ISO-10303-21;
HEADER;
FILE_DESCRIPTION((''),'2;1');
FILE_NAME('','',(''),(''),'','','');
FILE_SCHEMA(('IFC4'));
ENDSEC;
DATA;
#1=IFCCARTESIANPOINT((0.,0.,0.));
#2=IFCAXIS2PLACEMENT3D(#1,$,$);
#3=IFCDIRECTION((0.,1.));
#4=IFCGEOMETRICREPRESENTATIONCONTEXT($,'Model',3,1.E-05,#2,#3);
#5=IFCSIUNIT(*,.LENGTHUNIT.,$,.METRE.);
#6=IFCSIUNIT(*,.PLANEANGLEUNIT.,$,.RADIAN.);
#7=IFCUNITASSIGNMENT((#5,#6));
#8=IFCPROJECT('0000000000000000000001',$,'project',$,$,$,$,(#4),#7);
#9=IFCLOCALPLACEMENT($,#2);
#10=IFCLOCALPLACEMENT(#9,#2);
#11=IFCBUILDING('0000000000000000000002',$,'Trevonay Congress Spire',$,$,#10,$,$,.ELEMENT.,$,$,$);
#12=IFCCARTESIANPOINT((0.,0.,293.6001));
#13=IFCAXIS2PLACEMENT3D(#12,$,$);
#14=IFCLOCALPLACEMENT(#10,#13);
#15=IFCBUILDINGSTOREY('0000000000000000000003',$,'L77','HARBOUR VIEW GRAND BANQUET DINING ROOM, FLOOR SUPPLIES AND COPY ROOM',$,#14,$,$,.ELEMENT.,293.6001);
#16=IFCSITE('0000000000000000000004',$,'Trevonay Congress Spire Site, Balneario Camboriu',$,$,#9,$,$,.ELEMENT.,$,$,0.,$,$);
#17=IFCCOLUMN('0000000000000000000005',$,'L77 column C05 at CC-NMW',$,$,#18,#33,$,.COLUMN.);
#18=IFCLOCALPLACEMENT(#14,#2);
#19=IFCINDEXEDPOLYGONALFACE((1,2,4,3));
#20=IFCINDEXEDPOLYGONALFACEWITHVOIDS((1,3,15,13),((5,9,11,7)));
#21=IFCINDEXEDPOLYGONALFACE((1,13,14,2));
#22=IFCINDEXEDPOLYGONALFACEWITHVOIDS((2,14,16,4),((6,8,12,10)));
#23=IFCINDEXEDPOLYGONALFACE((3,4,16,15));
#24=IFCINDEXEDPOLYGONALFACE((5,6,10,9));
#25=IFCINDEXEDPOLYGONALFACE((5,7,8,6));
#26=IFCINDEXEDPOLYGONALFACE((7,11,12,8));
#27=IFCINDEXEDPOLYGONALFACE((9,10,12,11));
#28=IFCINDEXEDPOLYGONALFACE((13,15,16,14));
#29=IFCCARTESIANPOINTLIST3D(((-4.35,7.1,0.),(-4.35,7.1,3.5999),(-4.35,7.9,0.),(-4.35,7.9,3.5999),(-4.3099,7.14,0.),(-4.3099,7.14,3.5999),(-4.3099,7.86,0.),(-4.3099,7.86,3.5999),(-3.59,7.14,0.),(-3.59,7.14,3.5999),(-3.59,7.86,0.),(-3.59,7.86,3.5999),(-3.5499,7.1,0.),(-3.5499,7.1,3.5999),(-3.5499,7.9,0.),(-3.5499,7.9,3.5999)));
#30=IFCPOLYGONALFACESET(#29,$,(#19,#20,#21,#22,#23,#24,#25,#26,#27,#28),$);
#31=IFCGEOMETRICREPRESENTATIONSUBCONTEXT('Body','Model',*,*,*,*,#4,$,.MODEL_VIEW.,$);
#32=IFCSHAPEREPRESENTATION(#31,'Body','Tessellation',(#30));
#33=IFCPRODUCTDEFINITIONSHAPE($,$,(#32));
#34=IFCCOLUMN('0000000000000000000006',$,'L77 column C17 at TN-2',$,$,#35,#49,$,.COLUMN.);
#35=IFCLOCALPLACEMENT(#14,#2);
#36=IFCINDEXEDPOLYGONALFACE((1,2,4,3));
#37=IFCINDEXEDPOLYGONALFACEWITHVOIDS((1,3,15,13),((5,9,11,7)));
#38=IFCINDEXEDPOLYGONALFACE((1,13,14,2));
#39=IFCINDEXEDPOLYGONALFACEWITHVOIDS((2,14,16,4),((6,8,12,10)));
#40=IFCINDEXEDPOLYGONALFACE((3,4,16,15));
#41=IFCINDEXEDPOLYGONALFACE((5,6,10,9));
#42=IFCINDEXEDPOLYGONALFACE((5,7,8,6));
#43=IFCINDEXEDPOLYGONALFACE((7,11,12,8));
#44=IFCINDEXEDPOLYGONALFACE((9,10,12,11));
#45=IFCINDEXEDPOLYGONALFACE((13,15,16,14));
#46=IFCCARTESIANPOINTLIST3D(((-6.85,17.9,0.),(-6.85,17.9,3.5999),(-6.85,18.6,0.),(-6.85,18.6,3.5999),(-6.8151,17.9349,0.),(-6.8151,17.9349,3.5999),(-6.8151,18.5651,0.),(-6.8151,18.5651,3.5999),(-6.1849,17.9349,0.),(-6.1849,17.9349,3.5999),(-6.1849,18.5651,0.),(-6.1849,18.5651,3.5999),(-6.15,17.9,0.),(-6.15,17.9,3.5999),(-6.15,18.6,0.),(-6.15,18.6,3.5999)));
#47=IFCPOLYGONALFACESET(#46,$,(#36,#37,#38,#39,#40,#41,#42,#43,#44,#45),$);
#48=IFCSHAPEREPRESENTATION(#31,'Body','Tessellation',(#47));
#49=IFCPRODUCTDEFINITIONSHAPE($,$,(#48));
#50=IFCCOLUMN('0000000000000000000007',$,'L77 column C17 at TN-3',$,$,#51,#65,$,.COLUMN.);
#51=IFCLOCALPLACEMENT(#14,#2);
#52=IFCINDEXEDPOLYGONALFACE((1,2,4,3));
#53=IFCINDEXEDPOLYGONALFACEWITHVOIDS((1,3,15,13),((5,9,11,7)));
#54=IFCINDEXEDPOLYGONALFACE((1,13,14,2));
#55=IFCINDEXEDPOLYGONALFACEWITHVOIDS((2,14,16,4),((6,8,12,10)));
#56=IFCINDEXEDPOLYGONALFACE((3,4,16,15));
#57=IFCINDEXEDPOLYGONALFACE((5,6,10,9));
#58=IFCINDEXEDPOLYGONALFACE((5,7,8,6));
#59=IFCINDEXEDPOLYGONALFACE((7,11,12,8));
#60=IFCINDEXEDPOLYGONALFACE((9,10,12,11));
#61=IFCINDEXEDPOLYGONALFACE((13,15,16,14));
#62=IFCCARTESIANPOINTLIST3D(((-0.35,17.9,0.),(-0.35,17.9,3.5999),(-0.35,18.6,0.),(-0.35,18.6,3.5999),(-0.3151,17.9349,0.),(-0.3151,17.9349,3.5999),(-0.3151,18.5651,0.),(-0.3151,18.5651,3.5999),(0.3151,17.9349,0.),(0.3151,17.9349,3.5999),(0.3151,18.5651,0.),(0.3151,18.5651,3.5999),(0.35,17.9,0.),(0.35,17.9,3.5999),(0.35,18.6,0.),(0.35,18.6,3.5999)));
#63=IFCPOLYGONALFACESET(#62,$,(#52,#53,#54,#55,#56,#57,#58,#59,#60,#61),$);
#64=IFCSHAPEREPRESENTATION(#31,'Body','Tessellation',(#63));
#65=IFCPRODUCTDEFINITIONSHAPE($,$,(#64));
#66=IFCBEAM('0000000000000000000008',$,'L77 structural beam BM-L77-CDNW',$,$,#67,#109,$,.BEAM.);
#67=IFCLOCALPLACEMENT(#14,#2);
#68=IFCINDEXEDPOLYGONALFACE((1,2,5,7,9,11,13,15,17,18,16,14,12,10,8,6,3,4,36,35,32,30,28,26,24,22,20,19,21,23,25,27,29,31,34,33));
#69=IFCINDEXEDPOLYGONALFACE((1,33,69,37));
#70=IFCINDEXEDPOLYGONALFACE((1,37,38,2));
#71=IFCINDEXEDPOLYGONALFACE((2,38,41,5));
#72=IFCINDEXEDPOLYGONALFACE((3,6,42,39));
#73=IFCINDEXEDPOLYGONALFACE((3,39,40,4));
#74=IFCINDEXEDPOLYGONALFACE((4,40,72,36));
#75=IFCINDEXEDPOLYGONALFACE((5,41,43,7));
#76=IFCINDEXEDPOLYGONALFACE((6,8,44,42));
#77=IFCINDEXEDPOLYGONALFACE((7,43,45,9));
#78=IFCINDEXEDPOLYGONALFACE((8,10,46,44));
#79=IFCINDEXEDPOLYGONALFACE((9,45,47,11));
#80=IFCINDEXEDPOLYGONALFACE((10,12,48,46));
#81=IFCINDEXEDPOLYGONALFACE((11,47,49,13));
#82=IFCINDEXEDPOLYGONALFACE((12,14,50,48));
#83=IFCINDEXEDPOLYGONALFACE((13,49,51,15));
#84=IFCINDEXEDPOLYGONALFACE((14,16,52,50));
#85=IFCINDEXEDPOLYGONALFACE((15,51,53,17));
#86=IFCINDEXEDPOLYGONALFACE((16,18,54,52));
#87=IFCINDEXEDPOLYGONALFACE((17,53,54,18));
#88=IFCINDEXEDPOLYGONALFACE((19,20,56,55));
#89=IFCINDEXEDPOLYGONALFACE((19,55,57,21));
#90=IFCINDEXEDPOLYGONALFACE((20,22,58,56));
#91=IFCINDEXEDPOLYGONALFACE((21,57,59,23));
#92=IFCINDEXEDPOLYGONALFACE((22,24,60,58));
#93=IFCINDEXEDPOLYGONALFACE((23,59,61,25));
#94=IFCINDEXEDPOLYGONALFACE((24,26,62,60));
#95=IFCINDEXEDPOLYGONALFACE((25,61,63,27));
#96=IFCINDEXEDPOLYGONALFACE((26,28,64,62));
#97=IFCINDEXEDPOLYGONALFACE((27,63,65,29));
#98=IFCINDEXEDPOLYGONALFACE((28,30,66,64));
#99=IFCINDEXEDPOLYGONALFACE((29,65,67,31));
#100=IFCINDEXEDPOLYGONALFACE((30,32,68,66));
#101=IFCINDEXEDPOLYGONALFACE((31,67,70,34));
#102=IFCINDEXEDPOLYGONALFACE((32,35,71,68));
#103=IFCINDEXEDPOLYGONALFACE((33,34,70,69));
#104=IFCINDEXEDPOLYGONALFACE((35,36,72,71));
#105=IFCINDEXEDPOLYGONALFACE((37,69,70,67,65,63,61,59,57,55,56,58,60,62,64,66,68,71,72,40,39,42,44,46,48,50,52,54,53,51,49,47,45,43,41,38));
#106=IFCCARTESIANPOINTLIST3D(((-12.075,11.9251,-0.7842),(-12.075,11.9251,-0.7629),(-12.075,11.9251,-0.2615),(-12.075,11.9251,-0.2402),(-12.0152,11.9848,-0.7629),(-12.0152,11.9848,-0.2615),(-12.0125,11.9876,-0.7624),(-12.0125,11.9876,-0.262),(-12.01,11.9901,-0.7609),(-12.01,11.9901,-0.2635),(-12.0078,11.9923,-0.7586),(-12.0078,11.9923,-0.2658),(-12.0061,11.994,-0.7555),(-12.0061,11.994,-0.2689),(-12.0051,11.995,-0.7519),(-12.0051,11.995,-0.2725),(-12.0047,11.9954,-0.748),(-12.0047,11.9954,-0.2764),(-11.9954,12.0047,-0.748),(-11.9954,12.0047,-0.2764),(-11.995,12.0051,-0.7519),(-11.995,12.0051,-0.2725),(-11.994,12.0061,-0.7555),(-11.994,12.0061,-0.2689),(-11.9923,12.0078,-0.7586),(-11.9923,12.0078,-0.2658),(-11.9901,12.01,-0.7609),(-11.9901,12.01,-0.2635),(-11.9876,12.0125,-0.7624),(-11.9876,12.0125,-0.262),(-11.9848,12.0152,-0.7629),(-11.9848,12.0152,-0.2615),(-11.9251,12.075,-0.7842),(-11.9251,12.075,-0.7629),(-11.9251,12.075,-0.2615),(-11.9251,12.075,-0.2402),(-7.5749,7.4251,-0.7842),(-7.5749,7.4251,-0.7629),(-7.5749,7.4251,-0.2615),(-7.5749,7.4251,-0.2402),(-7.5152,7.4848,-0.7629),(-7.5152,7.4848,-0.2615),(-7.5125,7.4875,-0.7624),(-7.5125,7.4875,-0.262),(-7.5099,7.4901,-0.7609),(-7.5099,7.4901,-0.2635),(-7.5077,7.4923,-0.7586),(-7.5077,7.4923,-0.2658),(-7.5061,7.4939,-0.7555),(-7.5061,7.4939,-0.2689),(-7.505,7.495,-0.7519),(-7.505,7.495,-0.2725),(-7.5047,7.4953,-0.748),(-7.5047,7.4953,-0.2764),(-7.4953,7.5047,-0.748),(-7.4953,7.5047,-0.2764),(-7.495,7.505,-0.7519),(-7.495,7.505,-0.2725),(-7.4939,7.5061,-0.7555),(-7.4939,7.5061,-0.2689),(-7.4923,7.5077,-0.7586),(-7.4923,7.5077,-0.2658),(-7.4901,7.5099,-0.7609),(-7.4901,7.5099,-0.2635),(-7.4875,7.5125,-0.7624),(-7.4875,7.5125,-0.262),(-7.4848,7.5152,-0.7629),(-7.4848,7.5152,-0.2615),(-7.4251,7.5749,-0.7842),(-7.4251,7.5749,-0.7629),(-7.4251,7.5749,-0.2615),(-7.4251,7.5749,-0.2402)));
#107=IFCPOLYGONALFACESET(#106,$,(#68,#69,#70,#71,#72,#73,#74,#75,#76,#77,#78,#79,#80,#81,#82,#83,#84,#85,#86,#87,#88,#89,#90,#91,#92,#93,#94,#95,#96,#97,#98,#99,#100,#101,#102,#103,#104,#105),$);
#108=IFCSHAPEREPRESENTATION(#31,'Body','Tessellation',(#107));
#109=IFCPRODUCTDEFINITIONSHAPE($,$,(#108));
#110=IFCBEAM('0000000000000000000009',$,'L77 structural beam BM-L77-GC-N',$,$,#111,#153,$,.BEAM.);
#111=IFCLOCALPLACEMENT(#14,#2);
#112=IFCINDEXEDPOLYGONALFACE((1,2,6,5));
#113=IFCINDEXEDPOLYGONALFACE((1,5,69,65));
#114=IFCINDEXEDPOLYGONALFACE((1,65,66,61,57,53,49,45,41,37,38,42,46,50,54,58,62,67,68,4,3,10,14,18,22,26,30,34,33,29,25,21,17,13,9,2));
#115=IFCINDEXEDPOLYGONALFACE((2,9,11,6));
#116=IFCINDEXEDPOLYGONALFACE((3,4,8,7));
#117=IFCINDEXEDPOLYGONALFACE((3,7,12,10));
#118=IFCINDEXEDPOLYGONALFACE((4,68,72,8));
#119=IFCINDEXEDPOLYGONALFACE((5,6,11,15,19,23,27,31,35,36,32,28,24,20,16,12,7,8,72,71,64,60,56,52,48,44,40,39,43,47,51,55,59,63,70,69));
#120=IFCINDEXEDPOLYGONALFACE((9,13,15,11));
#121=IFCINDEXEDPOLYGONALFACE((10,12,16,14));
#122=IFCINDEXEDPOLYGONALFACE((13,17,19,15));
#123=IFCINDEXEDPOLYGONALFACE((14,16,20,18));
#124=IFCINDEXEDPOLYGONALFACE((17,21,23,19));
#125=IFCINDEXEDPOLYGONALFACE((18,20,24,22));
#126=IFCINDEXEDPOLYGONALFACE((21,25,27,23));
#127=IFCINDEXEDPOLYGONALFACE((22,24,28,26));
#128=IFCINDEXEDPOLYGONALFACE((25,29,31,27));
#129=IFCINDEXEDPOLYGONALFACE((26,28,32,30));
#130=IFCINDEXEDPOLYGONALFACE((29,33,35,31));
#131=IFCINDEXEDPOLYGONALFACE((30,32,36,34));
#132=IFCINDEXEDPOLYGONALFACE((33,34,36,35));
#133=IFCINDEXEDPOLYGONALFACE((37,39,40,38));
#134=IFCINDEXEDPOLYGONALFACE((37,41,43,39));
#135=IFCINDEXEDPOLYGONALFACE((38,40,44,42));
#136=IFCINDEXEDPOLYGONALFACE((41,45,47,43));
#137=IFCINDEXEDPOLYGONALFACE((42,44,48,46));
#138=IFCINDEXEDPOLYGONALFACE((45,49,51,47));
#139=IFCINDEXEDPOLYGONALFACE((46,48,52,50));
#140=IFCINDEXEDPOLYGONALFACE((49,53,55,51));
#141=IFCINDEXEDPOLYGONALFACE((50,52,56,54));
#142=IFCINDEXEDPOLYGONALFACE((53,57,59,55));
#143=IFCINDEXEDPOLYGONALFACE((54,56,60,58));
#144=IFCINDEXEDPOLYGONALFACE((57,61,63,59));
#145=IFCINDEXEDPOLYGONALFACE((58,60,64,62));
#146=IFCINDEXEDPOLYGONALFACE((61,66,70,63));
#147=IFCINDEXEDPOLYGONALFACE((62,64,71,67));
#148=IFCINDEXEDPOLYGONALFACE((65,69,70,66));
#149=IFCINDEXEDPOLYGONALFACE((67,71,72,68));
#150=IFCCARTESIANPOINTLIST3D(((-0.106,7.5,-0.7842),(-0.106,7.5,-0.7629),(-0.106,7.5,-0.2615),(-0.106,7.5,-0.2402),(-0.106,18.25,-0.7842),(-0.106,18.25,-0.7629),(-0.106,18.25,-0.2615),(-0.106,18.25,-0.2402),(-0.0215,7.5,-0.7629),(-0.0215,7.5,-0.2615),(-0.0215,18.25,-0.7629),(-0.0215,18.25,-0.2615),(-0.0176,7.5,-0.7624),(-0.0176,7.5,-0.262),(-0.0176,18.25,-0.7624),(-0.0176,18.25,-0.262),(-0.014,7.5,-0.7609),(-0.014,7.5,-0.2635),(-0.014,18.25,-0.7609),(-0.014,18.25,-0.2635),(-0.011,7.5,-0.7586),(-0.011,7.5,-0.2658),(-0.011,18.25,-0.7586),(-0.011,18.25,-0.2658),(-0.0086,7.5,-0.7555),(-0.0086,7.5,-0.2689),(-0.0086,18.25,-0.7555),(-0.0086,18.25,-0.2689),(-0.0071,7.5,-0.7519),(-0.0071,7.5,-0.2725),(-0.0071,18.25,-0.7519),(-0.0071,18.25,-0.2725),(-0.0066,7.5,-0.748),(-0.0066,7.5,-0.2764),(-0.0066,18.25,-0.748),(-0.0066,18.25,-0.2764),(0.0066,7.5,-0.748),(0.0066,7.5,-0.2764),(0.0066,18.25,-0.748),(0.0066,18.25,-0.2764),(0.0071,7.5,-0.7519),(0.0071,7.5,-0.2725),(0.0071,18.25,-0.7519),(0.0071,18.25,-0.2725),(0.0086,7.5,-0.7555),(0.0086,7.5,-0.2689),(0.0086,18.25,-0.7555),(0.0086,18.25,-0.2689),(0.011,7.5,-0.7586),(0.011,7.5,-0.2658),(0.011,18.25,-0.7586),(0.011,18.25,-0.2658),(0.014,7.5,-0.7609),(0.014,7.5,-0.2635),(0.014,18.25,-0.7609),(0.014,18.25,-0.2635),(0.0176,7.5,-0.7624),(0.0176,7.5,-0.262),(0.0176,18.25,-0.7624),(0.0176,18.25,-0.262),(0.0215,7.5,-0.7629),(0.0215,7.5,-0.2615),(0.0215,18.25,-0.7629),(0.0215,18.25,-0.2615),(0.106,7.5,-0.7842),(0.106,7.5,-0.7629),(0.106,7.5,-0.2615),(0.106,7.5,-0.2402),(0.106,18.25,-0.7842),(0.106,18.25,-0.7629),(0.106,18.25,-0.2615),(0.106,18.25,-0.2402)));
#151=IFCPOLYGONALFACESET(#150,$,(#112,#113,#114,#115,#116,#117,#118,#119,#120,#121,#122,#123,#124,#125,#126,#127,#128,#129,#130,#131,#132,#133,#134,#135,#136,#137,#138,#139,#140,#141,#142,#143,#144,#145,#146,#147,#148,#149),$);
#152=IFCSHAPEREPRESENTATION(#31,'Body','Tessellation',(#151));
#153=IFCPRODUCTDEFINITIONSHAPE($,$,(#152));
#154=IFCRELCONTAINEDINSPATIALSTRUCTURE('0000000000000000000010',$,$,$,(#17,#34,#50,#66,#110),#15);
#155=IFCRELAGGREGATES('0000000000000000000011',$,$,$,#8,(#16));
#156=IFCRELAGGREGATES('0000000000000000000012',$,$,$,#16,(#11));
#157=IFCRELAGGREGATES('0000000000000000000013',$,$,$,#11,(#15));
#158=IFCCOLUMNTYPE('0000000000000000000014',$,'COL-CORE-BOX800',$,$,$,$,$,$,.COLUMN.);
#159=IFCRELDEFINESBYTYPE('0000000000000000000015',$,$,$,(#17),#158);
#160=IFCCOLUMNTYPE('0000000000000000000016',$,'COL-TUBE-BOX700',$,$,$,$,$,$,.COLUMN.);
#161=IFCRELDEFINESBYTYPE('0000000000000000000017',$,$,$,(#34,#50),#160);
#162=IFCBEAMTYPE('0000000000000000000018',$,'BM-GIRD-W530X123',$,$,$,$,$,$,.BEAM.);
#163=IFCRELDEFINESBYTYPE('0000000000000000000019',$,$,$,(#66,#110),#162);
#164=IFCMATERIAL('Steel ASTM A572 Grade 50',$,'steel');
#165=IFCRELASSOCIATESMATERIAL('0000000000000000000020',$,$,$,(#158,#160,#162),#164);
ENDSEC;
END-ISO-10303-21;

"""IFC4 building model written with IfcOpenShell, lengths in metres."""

from ifc_helpers import new_model, si_unit, direction, frame, origin, origin_2d, place, context, subcontext, project, spatial, hollow_rectangle, i_section, extrude, material, material_profile, profile_set, type_object, element, save


model = new_model("IFC4")

# Units and contexts
model_context = context("Model", 3, precision=1e-05, world=origin(), true_north=direction((0.0, 1.0)))
body_context = subcontext(model_context, "Body", "Model", "MODEL_VIEW")
ifc_project = project(units=[si_unit("LENGTHUNIT", "METRE"), si_unit("PLANEANGLEUNIT", "RADIAN")], contexts=[model_context])

# Site, building, storey
site_placement = place(None, origin())
site = spatial("IfcSite", under=ifc_project, at=site_placement, Name="Trevonay Congress Spire Site, Balneario Camboriu", CompositionType="ELEMENT", RefElevation=0.0)
building_placement = place(site_placement, origin())
building = spatial("IfcBuilding", under=site, at=building_placement, Name="Trevonay Congress Spire", CompositionType="ELEMENT")
storey_placement = place(building_placement, frame((0.0, 0.0, 293.6001)))
storey = spatial("IfcBuildingStorey", under=building, at=storey_placement, Name="L77", Description="HARBOUR VIEW GRAND BANQUET DINING ROOM, FLOOR SUPPLIES AND COPY ROOM", CompositionType="ELEMENT", Elevation=293.6001)

# Columns
ifc_material_1 = material(Name="Steel ASTM A572 Grade 50", Category="steel")
ifc_material_profile_1 = material_profile(ifc_material_1, hollow_rectangle(XDim=0.8, YDim=0.8, WallThickness=0.04, at=origin_2d()), Name="BOX 800x800x40")
ifc_profile_set_1 = profile_set([ifc_material_profile_1], Name="Steel ASTM A572 Grade 50")
column_type_1 = type_object("IfcColumnType", Name="COL-CORE-BOX800", PredefinedType="COLUMN", material=ifc_profile_set_1)
column_placement = place(storey_placement, frame((-3.95, 7.5, 0.0), z_axis=(0.0, 0.0, 1.0), x_axis=(1.0, 0.0, 0.0)))
element("IfcColumn", 1, at=column_placement, inside=storey, type_object=column_type_1, Name="L77 column C05 at CC-NMW", PredefinedType="COLUMN", context=body_context, shape_type="SweptSolid", body=[
    extrude(hollow_rectangle(XDim=0.8, YDim=0.8, WallThickness=0.04, at=origin_2d()), origin(), (0.0, 0.0, 1.0), 3.5999),
])
ifc_material_profile_2 = material_profile(ifc_material_1, hollow_rectangle(XDim=0.7, YDim=0.7, WallThickness=0.0349, at=origin_2d()), Name="BOX 700x700x35")
ifc_profile_set_2 = profile_set([ifc_material_profile_2], Name="Steel ASTM A572 Grade 50")
column_type_2 = type_object("IfcColumnType", Name="COL-TUBE-BOX700", PredefinedType="COLUMN", material=ifc_profile_set_2)
for number, where, z_axis, x_axis, name in (
    (2, (-6.5, 18.25, 0.0), (0.0, 0.0, 1.0), (1.0, 0.0, 0.0), "L77 column C17 at TN-2"),
    (3, (0.0, 18.25, 0.0), (0.0, 0.0, 1.0), (1.0, 0.0, 0.0), "L77 column C17 at TN-3"),
):
    element("IfcColumn", number, at=place(storey_placement, frame(where, z_axis=z_axis, x_axis=x_axis)), inside=storey, type_object=column_type_2, Name=name, PredefinedType="COLUMN", context=body_context, shape_type="SweptSolid", body=[
        extrude(hollow_rectangle(XDim=0.7, YDim=0.7, WallThickness=0.0349, at=origin_2d()), origin(), (0.0, 0.0, 1.0), 3.5999),
    ])

# Beams
ifc_material_profile_3 = material_profile(ifc_material_1, i_section(OverallWidth=0.2119, OverallDepth=0.5439, WebThickness=0.0132, FlangeThickness=0.0212, FilletRadius=0.0149, at=origin_2d()), Name="W530x123")
ifc_profile_set_3 = profile_set([ifc_material_profile_3], Name="Steel ASTM A572 Grade 50")
beam_type_1 = type_object("IfcBeamType", Name="BM-GIRD-W530X123", PredefinedType="BEAM", material=ifc_profile_set_3)
beam_1_placement = place(storey_placement, frame((-7.5, 7.5, -0.5122), z_axis=(-0.707107, 0.707107, 0.0), x_axis=(-0.707107, -0.707107, 0.0)))
element("IfcBeam", 4, at=beam_1_placement, inside=storey, type_object=beam_type_1, Name="L77 structural beam BM-L77-CDNW", PredefinedType="BEAM", context=body_context, shape_type="SweptSolid", body=[
    extrude(i_section(OverallWidth=0.2119, OverallDepth=0.5439, WebThickness=0.0132, FlangeThickness=0.0212, FilletRadius=0.0149, at=origin_2d()), origin(), (0.0, 0.0, 1.0), 6.364),
])
beam_2_placement = place(storey_placement, frame((0.0, 7.5, -0.5122), z_axis=(0.0, 1.0, 0.0), x_axis=(-1.0, 0.0, 0.0)))
element("IfcBeam", 5, at=beam_2_placement, inside=storey, type_object=beam_type_1, Name="L77 structural beam BM-L77-GC-N", PredefinedType="BEAM", context=body_context, shape_type="SweptSolid", body=[
    extrude(i_section(OverallWidth=0.2119, OverallDepth=0.5439, WebThickness=0.0132, FlangeThickness=0.0212, FilletRadius=0.0149, at=origin_2d()), origin(), (0.0, 0.0, 1.0), 10.75),
])

save(model, "model.ifc")
